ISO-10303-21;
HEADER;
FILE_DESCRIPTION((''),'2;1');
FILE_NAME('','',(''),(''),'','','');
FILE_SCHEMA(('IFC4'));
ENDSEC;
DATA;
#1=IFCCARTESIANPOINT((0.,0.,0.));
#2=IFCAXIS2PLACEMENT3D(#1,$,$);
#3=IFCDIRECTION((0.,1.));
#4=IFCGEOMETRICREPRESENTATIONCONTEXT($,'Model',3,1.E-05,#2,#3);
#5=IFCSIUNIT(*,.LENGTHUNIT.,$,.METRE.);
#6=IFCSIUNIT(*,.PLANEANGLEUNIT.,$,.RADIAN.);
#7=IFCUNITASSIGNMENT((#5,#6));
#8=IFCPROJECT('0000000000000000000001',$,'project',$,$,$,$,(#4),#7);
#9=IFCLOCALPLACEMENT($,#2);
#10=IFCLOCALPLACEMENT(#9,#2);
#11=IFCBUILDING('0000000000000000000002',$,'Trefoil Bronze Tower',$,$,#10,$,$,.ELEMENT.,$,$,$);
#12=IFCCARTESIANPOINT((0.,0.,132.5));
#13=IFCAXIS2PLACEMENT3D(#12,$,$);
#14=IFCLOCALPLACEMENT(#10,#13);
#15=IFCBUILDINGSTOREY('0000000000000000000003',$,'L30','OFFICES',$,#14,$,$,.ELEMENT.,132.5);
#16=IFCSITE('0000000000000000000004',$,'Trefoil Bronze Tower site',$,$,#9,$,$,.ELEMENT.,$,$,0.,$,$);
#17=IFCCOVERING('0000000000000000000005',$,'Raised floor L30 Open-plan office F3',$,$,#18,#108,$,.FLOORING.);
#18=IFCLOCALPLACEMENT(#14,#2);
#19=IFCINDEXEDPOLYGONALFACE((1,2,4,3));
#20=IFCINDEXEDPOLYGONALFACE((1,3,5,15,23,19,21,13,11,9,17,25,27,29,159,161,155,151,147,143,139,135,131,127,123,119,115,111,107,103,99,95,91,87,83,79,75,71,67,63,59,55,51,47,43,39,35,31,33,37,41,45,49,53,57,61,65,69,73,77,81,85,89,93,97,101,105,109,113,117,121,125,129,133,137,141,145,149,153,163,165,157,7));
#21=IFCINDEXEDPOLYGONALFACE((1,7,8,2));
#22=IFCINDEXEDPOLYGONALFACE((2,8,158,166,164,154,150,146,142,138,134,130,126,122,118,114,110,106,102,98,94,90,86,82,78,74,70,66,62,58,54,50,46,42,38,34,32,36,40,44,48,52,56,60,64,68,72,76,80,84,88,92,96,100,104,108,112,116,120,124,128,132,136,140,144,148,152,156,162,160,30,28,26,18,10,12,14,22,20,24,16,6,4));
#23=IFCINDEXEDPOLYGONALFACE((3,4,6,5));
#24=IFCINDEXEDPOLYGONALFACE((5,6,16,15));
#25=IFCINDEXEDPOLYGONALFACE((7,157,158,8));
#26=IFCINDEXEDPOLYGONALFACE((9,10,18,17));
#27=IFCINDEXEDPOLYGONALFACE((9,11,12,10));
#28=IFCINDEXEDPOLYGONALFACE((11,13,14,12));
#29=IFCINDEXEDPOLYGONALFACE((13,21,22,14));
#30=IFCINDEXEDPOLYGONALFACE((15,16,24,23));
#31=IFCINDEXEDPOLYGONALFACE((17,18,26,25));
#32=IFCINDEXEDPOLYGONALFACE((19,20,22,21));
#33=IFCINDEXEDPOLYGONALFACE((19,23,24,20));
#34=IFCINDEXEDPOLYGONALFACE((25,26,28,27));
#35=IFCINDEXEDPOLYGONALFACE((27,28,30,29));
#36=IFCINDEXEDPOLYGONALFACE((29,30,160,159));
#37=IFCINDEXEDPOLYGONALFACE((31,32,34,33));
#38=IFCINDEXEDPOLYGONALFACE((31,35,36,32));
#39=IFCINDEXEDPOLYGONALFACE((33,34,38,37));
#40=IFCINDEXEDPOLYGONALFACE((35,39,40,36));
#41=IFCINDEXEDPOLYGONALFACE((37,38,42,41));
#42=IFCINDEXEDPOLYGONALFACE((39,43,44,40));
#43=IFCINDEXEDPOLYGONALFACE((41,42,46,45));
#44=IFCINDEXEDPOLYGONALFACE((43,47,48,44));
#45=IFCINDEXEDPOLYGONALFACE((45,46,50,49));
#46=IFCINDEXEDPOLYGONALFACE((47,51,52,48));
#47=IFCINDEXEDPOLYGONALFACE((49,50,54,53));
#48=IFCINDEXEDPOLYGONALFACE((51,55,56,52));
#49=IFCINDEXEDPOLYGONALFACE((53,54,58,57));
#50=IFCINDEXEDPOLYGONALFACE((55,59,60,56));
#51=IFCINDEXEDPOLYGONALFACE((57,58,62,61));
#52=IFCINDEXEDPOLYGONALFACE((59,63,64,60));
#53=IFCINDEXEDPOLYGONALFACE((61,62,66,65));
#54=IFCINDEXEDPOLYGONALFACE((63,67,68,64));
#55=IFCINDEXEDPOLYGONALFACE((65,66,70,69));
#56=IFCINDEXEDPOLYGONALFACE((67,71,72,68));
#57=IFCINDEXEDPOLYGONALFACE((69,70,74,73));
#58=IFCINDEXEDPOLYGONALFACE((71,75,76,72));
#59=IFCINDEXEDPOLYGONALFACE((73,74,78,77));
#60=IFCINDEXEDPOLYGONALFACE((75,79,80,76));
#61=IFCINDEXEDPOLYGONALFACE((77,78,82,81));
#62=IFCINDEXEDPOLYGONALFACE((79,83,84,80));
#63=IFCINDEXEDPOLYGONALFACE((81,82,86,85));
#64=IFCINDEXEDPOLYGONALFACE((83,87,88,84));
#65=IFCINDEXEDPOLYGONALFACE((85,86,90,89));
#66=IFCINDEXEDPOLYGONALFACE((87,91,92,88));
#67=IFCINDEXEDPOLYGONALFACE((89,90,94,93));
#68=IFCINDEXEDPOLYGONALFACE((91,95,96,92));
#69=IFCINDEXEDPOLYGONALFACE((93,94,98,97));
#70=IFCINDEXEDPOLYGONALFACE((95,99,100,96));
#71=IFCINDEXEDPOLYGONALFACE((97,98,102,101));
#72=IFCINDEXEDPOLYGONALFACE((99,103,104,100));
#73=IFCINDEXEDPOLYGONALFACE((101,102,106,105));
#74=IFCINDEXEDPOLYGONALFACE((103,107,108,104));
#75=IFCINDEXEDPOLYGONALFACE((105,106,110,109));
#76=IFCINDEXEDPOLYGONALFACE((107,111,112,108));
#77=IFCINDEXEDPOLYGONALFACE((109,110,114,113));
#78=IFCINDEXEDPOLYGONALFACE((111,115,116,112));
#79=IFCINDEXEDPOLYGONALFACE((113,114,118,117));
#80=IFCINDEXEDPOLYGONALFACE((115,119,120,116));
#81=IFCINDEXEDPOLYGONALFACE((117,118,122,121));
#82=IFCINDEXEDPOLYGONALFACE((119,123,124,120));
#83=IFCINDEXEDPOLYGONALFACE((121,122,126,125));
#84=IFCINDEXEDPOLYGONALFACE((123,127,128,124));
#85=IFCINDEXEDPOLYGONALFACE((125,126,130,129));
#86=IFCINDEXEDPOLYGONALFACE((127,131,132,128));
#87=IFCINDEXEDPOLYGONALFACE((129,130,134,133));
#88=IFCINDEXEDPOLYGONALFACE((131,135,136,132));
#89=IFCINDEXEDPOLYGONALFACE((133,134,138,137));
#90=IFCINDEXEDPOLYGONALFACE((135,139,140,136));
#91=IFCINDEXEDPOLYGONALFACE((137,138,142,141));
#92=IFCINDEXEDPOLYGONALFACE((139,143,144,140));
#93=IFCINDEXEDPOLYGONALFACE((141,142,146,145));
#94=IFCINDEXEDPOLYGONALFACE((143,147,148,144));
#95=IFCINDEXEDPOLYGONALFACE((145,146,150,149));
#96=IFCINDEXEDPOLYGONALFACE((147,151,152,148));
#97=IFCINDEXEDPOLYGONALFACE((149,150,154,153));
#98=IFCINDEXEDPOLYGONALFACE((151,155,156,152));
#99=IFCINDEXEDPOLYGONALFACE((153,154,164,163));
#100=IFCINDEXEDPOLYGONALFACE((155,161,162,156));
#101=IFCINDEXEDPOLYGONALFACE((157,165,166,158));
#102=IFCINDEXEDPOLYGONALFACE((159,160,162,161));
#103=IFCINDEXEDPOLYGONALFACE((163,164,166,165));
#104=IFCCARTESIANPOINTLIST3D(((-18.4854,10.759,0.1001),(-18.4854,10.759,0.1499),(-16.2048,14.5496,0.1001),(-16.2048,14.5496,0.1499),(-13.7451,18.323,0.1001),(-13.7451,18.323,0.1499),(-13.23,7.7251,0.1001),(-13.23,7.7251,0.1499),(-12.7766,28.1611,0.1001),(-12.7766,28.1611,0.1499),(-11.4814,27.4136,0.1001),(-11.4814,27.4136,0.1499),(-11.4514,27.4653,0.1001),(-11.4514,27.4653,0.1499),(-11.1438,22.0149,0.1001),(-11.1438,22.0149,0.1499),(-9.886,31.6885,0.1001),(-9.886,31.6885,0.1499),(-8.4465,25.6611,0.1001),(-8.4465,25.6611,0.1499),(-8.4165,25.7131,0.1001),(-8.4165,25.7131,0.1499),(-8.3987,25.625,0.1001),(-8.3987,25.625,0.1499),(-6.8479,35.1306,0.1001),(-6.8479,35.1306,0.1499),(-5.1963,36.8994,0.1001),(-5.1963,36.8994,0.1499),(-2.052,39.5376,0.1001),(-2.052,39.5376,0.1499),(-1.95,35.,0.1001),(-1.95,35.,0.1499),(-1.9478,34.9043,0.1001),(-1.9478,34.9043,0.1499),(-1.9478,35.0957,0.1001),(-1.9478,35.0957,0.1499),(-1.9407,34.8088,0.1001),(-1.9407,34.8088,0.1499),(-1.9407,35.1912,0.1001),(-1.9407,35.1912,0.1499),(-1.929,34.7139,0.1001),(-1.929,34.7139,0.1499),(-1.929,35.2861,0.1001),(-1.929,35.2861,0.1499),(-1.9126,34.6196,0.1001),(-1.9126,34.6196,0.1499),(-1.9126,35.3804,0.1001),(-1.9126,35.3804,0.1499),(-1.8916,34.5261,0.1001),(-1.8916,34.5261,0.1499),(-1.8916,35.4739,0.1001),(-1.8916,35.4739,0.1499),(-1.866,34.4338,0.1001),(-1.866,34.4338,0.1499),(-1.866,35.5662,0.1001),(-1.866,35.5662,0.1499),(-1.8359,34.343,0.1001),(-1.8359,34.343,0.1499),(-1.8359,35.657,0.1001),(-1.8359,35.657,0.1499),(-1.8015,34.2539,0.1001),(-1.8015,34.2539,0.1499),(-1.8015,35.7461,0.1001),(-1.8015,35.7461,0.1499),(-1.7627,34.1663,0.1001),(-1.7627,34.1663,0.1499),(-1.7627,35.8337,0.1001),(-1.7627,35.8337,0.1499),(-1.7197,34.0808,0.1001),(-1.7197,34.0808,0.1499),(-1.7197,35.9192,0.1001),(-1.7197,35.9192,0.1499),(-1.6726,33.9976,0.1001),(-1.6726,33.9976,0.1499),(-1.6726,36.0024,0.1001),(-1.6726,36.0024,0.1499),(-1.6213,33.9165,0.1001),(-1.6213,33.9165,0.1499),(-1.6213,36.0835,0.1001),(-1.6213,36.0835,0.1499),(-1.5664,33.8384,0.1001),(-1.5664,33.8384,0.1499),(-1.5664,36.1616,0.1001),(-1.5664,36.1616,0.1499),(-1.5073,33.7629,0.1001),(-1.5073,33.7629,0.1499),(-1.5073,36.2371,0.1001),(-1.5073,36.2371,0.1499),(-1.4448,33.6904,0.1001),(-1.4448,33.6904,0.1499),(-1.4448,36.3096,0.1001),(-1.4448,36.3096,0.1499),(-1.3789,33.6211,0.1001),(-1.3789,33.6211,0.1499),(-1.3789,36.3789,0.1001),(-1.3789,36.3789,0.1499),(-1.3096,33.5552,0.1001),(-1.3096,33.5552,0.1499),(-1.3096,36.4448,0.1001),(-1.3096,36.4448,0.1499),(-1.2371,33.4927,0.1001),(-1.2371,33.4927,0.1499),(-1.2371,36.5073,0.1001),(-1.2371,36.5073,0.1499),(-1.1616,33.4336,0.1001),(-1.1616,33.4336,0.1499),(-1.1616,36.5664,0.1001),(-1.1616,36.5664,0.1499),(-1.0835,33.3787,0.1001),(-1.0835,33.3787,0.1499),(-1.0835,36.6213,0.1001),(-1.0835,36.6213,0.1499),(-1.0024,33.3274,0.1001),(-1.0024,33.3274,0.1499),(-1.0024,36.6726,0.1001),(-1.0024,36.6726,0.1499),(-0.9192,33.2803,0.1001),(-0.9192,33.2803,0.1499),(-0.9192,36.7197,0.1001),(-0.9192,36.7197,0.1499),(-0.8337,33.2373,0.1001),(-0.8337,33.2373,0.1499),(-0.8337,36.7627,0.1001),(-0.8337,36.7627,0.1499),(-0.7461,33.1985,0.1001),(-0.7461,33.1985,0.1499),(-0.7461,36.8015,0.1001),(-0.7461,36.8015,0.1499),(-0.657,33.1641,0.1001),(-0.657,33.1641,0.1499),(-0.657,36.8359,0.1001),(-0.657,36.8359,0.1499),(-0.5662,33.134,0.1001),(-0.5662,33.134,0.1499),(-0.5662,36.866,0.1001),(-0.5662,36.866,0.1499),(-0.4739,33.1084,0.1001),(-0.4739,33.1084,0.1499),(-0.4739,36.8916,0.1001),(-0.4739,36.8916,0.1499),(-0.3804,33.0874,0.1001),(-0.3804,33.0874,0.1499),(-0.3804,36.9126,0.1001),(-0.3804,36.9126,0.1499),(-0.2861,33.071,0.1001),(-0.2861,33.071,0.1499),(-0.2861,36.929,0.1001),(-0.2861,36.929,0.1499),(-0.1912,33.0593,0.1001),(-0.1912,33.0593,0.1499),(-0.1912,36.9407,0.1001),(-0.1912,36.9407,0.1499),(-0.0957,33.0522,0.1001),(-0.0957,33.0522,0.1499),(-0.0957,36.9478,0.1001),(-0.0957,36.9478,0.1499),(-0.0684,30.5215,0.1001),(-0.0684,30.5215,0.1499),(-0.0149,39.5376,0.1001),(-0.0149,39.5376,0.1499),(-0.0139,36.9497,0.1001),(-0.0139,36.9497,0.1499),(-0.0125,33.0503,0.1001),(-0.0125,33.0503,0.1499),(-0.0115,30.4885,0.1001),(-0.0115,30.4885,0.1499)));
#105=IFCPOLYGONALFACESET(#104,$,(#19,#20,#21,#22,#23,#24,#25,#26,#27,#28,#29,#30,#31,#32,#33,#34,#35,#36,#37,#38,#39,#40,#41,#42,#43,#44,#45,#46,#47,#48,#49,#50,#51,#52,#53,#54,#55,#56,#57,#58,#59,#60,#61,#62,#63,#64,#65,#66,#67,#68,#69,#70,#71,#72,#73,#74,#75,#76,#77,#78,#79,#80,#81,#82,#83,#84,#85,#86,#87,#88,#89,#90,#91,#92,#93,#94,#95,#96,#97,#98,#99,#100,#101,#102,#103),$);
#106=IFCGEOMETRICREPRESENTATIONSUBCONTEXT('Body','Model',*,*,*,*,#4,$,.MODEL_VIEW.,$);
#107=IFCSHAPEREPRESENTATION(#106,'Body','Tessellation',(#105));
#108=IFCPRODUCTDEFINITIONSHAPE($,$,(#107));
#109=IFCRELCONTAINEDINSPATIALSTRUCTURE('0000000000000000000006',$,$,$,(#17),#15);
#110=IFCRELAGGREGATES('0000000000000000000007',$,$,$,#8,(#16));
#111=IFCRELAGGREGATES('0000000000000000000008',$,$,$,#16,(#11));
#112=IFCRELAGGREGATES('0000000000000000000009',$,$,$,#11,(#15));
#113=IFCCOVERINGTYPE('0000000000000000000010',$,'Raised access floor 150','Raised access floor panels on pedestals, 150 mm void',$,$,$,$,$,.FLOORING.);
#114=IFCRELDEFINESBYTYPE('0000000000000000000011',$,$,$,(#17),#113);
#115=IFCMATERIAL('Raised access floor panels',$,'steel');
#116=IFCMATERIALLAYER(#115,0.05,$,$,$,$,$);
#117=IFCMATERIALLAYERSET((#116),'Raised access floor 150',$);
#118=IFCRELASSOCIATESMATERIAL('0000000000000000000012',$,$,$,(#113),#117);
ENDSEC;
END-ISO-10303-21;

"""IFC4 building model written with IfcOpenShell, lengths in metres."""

from ifc_helpers import new_model, si_unit, direction, frame, origin, place, context, subcontext, project, spatial, polyline, outline, extrude, material, layer, layer_set, type_object, element, save


model = new_model("IFC4")

# Units and contexts
model_context = context("Model", 3, precision=1e-05, world=origin(), true_north=direction((0.0, 1.0)))
body_context = subcontext(model_context, "Body", "Model", "MODEL_VIEW")
ifc_project = project(units=[si_unit("LENGTHUNIT", "METRE"), si_unit("PLANEANGLEUNIT", "RADIAN")], contexts=[model_context])

# Site, building, storey
site_placement = place(None, origin())
site = spatial("IfcSite", under=ifc_project, at=site_placement, Name="Trefoil Bronze Tower site", CompositionType="ELEMENT", RefElevation=0.0)
building_placement = place(site_placement, origin())
building = spatial("IfcBuilding", under=site, at=building_placement, Name="Trefoil Bronze Tower", CompositionType="ELEMENT")
storey_placement = place(building_placement, frame((0.0, 0.0, 132.5)))
storey = spatial("IfcBuildingStorey", under=building, at=storey_placement, Name="L30", Description="OFFICES", CompositionType="ELEMENT", Elevation=132.5)

# Covering
ifc_material_1 = material(Name="Raised access floor panels", Category="steel")
ifc_layer_1 = layer(ifc_material_1, 0.05)
ifc_layer_set_1 = layer_set([ifc_layer_1], Name="Raised access floor 150")
covering_type_1 = type_object("IfcCoveringType", Name="Raised access floor 150", Description="Raised access floor panels on pedestals, 150 mm void", PredefinedType="FLOORING", material=ifc_layer_set_1)
covering_1_placement = place(storey_placement, frame((0.0, 0.0, 0.1001)))
element("IfcCovering", 1, at=covering_1_placement, inside=storey, type_object=covering_type_1, Name="Raised floor L30 Open-plan office F3", PredefinedType="FLOORING", context=body_context, shape_type="SweptSolid", body=[
    extrude(outline(polyline([(-0.0115, 30.4885), (-0.0684, 30.5215), (-13.23, 7.7251), (-18.4854, 10.759), (-16.2048, 14.5496), (-13.7451, 18.323), (-11.1438, 22.0149), (-8.3987, 25.625), (-8.4465, 25.6611), (-8.4165, 25.7131), (-11.4514, 27.4653), (-11.4814, 27.4136), (-12.7766, 28.1611), (-9.886, 31.6885), (-6.8479, 35.1306), (-5.1963, 36.8994), (-2.052, 39.5376), (-0.0149, 39.5376), (-0.0139, 36.9497), (-0.0957, 36.9478), (-0.1912, 36.9407), (-0.2861, 36.929), (-0.3804, 36.9126), (-0.4739, 36.8916), (-0.5662, 36.866), (-0.657, 36.8359), (-0.7461, 36.8015), (-0.8337, 36.7627), (-0.9192, 36.7197), (-1.0024, 36.6726), (-1.0835, 36.6213), (-1.1616, 36.5664), (-1.2371, 36.5073), (-1.3096, 36.4448), (-1.3789, 36.3789), (-1.4448, 36.3096), (-1.5073, 36.2371), (-1.5664, 36.1616), (-1.6213, 36.0835), (-1.6726, 36.0024), (-1.7197, 35.9192), (-1.7627, 35.8337), (-1.8015, 35.7461), (-1.8359, 35.657), (-1.866, 35.5662), (-1.8916, 35.4739), (-1.9126, 35.3804), (-1.929, 35.2861), (-1.9407, 35.1912), (-1.9478, 35.0957), (-1.95, 35.0), (-1.9478, 34.9043), (-1.9407, 34.8088), (-1.929, 34.7139), (-1.9126, 34.6196), (-1.8916, 34.5261), (-1.866, 34.4338), (-1.8359, 34.343), (-1.8015, 34.2539), (-1.7627, 34.1663), (-1.7197, 34.0808), (-1.6726, 33.9976), (-1.6213, 33.9165), (-1.5664, 33.8384), (-1.5073, 33.7629), (-1.4448, 33.6904), (-1.3789, 33.6211), (-1.3096, 33.5552), (-1.2371, 33.4927), (-1.1616, 33.4336), (-1.0835, 33.3787), (-1.0024, 33.3274), (-0.9192, 33.2803), (-0.8337, 33.2373), (-0.7461, 33.1985), (-0.657, 33.1641), (-0.5662, 33.134), (-0.4739, 33.1084), (-0.3804, 33.0874), (-0.2861, 33.071), (-0.1912, 33.0593), (-0.0957, 33.0522), (-0.0125, 33.0503), (-0.0115, 30.4885)])), origin(), (0.0, 0.0, 1.0), 0.0498),
])

save(model, "model.ifc")
